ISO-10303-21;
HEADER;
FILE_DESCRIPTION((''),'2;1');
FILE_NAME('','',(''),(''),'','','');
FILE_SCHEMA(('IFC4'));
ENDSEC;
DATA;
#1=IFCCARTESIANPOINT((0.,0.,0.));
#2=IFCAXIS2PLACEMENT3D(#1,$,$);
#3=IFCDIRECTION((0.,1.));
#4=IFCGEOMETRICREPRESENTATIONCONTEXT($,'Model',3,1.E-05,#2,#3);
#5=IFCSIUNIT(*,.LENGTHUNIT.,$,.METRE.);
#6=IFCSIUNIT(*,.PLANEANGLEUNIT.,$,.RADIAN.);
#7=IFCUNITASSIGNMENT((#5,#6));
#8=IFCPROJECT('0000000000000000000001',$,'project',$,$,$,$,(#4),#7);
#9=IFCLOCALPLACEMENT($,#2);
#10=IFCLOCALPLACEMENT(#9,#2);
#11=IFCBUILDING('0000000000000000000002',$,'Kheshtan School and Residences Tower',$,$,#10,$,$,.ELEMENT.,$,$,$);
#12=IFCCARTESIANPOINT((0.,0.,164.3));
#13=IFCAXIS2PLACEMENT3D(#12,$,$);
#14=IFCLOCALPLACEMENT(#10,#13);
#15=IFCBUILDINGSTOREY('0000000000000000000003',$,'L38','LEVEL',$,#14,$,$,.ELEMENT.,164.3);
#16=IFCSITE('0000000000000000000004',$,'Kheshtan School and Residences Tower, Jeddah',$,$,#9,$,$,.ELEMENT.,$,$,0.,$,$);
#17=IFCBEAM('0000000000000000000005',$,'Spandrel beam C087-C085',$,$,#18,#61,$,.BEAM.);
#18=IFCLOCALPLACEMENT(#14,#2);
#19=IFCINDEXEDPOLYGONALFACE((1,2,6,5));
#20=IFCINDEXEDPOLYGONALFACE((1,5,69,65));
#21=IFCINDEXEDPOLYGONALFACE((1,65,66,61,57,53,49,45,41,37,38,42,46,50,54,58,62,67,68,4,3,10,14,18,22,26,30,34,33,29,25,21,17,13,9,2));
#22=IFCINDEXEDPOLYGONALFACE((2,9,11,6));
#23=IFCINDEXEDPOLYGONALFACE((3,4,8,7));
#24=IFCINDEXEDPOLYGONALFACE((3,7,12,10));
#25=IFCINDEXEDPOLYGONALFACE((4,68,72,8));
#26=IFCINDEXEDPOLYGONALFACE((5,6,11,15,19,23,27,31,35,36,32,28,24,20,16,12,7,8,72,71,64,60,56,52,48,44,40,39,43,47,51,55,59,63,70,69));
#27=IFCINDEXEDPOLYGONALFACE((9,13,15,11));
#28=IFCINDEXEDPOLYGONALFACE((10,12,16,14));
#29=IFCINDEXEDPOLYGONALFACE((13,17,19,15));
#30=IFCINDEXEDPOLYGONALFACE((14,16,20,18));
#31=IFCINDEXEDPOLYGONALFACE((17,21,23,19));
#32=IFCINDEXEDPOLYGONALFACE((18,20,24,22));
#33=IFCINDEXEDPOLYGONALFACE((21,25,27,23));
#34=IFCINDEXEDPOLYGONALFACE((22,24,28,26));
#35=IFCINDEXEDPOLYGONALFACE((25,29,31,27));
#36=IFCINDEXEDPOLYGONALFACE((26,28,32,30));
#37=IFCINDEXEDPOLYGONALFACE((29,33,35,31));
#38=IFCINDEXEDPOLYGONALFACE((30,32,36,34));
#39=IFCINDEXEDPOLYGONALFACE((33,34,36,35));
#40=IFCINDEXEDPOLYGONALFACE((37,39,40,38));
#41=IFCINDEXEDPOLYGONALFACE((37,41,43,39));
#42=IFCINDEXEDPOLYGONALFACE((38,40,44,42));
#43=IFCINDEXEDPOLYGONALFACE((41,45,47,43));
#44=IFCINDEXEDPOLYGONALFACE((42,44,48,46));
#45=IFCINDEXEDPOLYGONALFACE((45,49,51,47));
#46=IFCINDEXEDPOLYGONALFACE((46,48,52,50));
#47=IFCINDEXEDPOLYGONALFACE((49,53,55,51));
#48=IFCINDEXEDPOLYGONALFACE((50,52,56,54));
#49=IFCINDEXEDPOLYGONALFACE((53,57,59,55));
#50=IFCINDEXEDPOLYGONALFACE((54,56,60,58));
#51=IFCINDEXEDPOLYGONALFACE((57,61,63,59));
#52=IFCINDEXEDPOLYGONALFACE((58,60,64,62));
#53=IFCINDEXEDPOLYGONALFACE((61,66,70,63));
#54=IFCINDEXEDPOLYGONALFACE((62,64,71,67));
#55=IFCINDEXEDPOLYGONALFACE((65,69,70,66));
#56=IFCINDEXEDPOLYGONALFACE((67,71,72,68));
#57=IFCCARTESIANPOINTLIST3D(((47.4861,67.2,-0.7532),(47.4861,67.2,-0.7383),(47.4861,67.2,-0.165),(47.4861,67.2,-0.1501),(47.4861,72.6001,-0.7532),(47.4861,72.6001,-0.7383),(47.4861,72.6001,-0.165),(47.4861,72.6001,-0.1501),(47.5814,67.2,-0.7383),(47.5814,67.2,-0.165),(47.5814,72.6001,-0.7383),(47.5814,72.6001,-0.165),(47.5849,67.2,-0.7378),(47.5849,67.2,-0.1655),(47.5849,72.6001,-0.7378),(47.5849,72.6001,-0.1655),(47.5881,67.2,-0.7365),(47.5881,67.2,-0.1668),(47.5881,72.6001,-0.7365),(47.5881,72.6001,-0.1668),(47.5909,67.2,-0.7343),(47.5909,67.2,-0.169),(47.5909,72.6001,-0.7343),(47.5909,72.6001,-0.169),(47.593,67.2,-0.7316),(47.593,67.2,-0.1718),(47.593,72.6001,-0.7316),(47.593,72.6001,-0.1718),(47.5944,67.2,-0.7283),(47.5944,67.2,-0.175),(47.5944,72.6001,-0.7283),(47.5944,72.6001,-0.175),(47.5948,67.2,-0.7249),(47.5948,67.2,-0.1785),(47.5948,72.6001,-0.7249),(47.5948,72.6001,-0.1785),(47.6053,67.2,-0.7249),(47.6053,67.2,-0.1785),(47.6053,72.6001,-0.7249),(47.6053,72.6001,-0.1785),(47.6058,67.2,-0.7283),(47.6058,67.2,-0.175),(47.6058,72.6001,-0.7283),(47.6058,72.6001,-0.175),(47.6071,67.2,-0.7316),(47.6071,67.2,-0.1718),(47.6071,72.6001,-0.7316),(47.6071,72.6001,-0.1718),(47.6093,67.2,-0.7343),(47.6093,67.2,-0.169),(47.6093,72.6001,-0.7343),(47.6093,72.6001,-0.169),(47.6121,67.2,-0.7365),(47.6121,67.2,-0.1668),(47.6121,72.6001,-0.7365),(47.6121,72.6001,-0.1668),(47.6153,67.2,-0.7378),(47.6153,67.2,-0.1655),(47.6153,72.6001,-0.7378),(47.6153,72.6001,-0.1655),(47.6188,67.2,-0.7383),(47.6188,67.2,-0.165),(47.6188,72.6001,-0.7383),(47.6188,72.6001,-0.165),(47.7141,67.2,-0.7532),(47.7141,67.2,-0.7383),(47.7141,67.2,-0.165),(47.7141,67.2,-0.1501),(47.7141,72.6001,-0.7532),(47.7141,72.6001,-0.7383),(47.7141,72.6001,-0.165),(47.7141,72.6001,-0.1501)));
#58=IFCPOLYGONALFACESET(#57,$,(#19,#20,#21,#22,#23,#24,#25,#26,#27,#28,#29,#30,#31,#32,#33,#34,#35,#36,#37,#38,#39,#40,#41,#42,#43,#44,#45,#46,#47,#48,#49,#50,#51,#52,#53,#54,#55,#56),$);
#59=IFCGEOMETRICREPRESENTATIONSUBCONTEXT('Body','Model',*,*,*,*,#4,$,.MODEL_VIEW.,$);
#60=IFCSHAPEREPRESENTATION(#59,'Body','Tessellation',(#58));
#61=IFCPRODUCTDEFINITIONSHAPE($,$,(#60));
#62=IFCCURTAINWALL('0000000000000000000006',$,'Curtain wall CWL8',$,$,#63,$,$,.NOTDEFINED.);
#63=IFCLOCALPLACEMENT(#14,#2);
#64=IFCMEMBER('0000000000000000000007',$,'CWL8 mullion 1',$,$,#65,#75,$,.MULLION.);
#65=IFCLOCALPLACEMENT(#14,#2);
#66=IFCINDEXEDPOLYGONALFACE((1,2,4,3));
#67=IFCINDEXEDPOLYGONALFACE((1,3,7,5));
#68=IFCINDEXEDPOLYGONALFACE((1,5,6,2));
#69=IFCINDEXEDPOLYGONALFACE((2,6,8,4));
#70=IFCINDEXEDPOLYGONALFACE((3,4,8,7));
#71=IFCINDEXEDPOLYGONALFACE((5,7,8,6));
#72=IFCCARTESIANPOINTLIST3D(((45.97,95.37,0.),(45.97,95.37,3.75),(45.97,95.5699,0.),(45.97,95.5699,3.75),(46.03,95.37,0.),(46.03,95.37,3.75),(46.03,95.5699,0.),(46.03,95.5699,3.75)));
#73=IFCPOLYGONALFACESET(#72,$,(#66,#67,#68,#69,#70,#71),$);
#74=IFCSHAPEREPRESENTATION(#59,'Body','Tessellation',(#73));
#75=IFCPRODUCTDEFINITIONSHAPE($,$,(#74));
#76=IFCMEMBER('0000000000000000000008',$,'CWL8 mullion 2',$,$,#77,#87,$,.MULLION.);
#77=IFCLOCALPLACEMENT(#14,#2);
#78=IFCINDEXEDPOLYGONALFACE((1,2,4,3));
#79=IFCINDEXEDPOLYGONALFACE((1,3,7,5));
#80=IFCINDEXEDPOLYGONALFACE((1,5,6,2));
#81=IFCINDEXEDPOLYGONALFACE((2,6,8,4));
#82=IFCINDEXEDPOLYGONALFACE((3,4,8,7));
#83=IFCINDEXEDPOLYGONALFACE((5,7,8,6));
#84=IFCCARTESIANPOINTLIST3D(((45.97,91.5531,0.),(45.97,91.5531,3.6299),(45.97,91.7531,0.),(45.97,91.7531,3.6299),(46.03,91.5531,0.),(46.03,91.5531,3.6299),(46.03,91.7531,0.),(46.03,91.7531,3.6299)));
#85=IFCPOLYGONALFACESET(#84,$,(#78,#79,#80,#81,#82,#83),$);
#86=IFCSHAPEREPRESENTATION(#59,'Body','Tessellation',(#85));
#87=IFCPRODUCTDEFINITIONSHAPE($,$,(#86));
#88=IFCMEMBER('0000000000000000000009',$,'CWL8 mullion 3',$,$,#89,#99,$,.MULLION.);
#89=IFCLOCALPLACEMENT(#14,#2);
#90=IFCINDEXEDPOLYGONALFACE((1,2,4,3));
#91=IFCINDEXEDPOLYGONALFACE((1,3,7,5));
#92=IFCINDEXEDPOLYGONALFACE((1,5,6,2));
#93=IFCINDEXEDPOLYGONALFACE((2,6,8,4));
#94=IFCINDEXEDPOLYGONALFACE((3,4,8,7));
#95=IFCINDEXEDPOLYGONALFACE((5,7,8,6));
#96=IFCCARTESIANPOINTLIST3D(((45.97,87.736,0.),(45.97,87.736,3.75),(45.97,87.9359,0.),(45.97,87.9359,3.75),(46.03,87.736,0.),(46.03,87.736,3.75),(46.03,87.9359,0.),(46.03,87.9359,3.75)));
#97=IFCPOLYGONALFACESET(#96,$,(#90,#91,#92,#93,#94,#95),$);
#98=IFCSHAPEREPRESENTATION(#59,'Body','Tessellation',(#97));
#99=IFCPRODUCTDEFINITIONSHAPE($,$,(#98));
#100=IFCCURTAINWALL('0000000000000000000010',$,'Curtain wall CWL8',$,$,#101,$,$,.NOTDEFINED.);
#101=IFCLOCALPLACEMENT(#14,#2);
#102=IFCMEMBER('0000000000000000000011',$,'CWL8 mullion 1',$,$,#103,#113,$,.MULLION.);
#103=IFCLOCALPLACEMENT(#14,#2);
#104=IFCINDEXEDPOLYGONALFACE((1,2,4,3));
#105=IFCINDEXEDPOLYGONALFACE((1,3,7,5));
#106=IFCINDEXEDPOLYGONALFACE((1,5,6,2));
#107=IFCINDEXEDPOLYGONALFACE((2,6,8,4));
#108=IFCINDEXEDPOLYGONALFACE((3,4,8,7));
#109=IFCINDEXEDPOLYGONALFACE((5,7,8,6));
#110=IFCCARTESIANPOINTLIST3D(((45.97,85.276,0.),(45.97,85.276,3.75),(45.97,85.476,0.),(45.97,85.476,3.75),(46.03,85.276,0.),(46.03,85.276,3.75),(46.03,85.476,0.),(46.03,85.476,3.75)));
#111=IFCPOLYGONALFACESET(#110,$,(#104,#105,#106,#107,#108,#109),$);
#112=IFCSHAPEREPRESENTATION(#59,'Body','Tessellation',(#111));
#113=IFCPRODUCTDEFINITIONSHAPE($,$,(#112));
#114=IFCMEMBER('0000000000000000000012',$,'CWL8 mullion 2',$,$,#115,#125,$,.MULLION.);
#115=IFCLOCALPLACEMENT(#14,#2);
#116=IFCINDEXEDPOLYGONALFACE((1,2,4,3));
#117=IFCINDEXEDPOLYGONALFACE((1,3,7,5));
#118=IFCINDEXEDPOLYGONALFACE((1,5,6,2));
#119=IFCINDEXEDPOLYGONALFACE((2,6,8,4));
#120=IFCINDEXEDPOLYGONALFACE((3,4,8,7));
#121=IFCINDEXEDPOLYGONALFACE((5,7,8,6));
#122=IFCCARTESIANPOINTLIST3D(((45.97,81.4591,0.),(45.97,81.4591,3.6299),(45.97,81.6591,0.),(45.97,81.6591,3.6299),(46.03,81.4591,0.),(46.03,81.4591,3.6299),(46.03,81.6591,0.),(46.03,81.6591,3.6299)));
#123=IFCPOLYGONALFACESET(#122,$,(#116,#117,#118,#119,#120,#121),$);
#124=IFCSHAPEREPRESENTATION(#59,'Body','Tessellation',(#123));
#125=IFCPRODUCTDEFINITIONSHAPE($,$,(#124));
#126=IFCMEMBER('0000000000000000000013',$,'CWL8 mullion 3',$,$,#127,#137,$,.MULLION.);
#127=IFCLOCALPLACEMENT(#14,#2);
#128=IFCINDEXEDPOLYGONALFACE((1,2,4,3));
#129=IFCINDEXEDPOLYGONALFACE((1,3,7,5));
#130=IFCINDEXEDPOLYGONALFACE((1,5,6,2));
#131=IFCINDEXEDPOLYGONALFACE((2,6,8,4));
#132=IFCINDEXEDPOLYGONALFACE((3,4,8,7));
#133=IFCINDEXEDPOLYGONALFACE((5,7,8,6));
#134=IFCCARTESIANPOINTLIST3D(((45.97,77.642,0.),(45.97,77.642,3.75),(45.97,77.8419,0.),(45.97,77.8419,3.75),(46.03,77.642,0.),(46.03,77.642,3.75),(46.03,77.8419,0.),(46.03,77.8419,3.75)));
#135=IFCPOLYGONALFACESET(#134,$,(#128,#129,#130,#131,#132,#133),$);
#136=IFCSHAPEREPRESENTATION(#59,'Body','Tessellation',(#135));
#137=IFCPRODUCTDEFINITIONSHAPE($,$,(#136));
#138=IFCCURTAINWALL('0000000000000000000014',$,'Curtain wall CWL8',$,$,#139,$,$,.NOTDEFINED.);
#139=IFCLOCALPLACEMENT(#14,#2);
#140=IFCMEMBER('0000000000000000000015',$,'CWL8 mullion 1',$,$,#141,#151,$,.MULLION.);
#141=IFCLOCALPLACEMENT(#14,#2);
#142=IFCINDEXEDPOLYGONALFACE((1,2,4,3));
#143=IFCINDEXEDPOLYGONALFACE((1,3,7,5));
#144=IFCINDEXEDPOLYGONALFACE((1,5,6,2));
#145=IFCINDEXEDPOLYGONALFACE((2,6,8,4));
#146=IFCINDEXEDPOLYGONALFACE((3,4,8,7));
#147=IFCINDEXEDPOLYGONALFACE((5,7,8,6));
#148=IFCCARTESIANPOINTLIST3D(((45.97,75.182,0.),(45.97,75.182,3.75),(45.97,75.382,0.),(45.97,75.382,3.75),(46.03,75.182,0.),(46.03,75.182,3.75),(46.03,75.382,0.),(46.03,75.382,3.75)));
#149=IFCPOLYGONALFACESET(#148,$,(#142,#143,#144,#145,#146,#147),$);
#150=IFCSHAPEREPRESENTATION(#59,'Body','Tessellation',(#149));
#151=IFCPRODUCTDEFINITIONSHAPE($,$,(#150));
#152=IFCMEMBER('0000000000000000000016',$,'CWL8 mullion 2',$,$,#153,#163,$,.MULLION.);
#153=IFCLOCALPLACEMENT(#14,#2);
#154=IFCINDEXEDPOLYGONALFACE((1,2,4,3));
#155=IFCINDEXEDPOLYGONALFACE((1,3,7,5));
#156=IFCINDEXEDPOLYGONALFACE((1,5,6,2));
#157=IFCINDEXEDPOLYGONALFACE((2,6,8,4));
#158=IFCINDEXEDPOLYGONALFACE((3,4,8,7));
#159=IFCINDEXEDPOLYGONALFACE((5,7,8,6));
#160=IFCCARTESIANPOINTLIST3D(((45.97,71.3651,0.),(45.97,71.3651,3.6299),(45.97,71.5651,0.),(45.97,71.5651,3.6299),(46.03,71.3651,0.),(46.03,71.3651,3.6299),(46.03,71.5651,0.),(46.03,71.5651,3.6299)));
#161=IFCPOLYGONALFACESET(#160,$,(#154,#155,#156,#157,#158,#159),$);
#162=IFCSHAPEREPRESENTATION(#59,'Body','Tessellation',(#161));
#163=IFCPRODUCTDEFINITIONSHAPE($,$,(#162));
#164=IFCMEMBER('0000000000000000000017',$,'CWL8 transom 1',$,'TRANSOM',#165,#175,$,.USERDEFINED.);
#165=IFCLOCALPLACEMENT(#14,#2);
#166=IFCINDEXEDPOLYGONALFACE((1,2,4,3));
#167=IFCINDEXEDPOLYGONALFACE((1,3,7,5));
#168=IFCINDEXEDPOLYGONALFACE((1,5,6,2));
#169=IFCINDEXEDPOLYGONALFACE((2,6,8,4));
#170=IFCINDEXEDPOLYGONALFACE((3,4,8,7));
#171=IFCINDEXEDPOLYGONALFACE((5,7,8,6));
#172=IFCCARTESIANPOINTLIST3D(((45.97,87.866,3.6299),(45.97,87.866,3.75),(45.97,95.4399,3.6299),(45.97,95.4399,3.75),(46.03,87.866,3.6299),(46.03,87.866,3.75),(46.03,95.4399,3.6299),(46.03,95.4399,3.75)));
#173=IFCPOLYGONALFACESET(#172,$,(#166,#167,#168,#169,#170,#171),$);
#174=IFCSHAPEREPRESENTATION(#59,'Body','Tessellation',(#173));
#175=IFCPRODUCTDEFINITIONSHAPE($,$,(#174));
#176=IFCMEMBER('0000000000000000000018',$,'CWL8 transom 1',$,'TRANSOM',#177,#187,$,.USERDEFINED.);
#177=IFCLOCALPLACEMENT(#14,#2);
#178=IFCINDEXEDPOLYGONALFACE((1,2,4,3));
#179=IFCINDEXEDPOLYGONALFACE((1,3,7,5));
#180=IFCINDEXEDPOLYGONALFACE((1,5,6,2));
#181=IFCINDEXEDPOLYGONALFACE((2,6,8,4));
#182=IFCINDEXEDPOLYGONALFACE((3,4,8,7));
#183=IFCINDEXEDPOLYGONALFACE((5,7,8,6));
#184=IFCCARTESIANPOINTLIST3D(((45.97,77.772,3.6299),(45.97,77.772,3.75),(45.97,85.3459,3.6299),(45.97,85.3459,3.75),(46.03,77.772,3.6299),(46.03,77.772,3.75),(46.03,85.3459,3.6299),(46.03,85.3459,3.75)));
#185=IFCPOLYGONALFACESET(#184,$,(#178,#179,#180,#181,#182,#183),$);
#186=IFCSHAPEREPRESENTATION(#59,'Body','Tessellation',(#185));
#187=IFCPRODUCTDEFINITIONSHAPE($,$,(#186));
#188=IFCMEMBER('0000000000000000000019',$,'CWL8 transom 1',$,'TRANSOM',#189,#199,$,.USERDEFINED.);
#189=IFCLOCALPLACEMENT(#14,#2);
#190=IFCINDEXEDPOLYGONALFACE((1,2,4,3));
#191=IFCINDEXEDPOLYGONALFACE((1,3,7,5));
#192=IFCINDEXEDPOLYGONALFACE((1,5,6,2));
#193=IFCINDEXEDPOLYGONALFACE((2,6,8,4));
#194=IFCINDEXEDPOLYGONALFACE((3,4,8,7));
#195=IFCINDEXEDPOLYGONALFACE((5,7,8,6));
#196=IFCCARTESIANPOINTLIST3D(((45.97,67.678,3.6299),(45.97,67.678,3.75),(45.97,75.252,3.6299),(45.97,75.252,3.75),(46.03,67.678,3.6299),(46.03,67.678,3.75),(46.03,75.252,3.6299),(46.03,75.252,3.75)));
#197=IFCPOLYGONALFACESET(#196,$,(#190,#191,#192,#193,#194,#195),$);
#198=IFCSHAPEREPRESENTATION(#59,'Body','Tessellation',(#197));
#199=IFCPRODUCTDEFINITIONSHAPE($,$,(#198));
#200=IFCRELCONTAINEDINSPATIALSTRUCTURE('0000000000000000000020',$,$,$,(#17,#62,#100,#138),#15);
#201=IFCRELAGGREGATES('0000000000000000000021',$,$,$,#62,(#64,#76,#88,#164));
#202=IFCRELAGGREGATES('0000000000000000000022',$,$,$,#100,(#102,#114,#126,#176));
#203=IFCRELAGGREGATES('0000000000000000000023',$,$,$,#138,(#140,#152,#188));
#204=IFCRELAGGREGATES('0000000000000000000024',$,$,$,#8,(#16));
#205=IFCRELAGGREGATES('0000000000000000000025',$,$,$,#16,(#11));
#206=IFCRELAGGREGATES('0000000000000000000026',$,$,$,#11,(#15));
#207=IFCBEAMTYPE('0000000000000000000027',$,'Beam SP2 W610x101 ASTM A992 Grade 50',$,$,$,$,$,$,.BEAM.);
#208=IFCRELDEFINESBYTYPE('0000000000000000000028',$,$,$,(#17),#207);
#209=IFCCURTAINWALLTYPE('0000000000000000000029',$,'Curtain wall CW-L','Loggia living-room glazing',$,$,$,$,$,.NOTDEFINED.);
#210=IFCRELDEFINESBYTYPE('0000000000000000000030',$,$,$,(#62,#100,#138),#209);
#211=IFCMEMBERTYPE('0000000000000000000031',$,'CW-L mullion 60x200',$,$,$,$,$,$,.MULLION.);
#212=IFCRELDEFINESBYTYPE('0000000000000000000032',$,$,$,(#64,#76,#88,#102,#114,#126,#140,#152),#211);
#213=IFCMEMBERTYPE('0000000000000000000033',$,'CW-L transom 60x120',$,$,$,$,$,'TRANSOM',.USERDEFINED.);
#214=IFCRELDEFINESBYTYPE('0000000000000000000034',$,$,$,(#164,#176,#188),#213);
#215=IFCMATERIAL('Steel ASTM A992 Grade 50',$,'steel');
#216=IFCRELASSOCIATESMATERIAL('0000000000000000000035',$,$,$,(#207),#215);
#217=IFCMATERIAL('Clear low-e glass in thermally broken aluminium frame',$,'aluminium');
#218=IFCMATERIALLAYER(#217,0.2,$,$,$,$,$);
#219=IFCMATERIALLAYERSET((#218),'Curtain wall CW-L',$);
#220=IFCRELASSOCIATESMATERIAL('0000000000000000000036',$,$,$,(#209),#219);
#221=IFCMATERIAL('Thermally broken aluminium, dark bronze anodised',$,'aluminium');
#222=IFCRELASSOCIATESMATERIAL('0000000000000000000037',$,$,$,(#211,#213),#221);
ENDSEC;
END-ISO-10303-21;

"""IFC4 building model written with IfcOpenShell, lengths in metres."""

from ifc_helpers import new_model, si_unit, direction, frame, origin, origin_2d, place, context, subcontext, project, spatial, rectangle, i_section, extrude, material, layer, layer_set, material_profile, profile_set, type_object, element, aggregate, save


model = new_model("IFC4")

# Units and contexts
model_context = context("Model", 3, precision=1e-05, world=origin(), true_north=direction((0.0, 1.0)))
body_context = subcontext(model_context, "Body", "Model", "MODEL_VIEW")
ifc_project = project(units=[si_unit("LENGTHUNIT", "METRE"), si_unit("PLANEANGLEUNIT", "RADIAN")], contexts=[model_context])

# Site, building, storey
site_placement = place(None, origin())
site = spatial("IfcSite", under=ifc_project, at=site_placement, Name="Kheshtan School and Residences Tower, Jeddah", CompositionType="ELEMENT", RefElevation=0.0)
building_placement = place(site_placement, origin())
building = spatial("IfcBuilding", under=site, at=building_placement, Name="Kheshtan School and Residences Tower", CompositionType="ELEMENT")
storey_placement = place(building_placement, frame((0.0, 0.0, 164.3)))
storey = spatial("IfcBuildingStorey", under=building, at=storey_placement, Name="L38", Description="LEVEL", CompositionType="ELEMENT", Elevation=164.3)

# Shared definitions
ifc_material_1 = material(Name="Steel ASTM A992 Grade 50", Category="steel")

# Beam
ifc_material_profile_1 = material_profile(ifc_material_1, i_section(OverallWidth=0.228, OverallDepth=0.603, WebThickness=0.0105, FlangeThickness=0.0149, FilletRadius=0.0134, at=origin_2d()), Name="W610x101")
ifc_profile_set_1 = profile_set([ifc_material_profile_1], Name="Steel ASTM A992 Grade 50")
beam_type_1 = type_object("IfcBeamType", Name="Beam SP2 W610x101 ASTM A992 Grade 50", PredefinedType="BEAM", material=ifc_profile_set_1)
beam_1_placement = place(storey_placement, frame((47.6001, 72.6001, -0.4517), z_axis=(0.0, -1.0, 0.0), x_axis=(1.0, 0.0, 0.0)))
element("IfcBeam", 1, at=beam_1_placement, inside=storey, type_object=beam_type_1, Name="Spandrel beam C087-C085", PredefinedType="BEAM", context=body_context, shape_type="SweptSolid", body=[
    extrude(i_section(OverallWidth=0.228, OverallDepth=0.603, WebThickness=0.0105, FlangeThickness=0.0149, FilletRadius=0.0134, at=origin_2d()), origin(), (0.0, 0.0, 1.0), 5.4001),
])

# Curtain walls, members
ifc_material_2 = material(Name="Clear low-e glass in thermally broken aluminium frame", Category="aluminium")
ifc_layer_1 = layer(ifc_material_2, 0.2)
ifc_layer_set_1 = layer_set([ifc_layer_1], Name="Curtain wall CW-L")
curtain_wall_type = type_object("IfcCurtainWallType", Name="Curtain wall CW-L", Description="Loggia living-room glazing", PredefinedType="NOTDEFINED", material=ifc_layer_set_1)
curtain_wall_1_placement = place(storey_placement, origin())
curtain_wall_1 = element("IfcCurtainWall", 2, at=curtain_wall_1_placement, inside=storey, type_object=curtain_wall_type, Name="Curtain wall CWL8", PredefinedType="NOTDEFINED")
ifc_material_3 = material(Name="Thermally broken aluminium, dark bronze anodised", Category="aluminium")
ifc_material_profile_2 = material_profile(ifc_material_3, rectangle(XDim=0.0601, YDim=0.2, at=origin_2d()), Name="CW-L mullion 60x200")
ifc_profile_set_2 = profile_set([ifc_material_profile_2], Name="Thermally broken aluminium, dark bronze anodised")
member_type_1 = type_object("IfcMemberType", Name="CW-L mullion 60x200", PredefinedType="MULLION", material=ifc_profile_set_2)
member_1_placement = place(storey_placement, frame((46.0, 95.47, 0.0), z_axis=(0.0, 0.0, 1.0), x_axis=(1.0, 0.0, 0.0)))
member_1 = element("IfcMember", 3, at=member_1_placement, type_object=member_type_1, Name="CWL8 mullion 1", PredefinedType="MULLION", context=body_context, shape_type="SweptSolid", body=[
    extrude(rectangle(XDim=0.0601, YDim=0.2, at=origin_2d()), origin(), (0.0, 0.0, 1.0), 3.75),
])
member_2_placement = place(storey_placement, frame((46.0, 91.6531, 0.0), z_axis=(0.0, 0.0, 1.0), x_axis=(1.0, 0.0, 0.0)))
member_2 = element("IfcMember", 4, at=member_2_placement, type_object=member_type_1, Name="CWL8 mullion 2", PredefinedType="MULLION", context=body_context, shape_type="SweptSolid", body=[
    extrude(rectangle(XDim=0.0601, YDim=0.2, at=origin_2d()), origin(), (0.0, 0.0, 1.0), 3.6299),
])
member_3_placement = place(storey_placement, frame((46.0, 87.8359, 0.0), z_axis=(0.0, 0.0, 1.0), x_axis=(1.0, 0.0, 0.0)))
member_3 = element("IfcMember", 5, at=member_3_placement, type_object=member_type_1, Name="CWL8 mullion 3", PredefinedType="MULLION", context=body_context, shape_type="SweptSolid", body=[
    extrude(rectangle(XDim=0.0601, YDim=0.2, at=origin_2d()), origin(), (0.0, 0.0, 1.0), 3.75),
])
curtain_wall_2_placement = place(storey_placement, origin())
curtain_wall_2 = element("IfcCurtainWall", 6, at=curtain_wall_2_placement, inside=storey, type_object=curtain_wall_type, Name="Curtain wall CWL8", PredefinedType="NOTDEFINED")
member_4_placement = place(storey_placement, frame((46.0, 85.376, 0.0), z_axis=(0.0, 0.0, 1.0), x_axis=(1.0, 0.0, 0.0)))
member_4 = element("IfcMember", 7, at=member_4_placement, type_object=member_type_1, Name="CWL8 mullion 1", PredefinedType="MULLION", context=body_context, shape_type="SweptSolid", body=[
    extrude(rectangle(XDim=0.0601, YDim=0.2, at=origin_2d()), origin(), (0.0, 0.0, 1.0), 3.75),
])
member_5_placement = place(storey_placement, frame((46.0, 81.5591, 0.0), z_axis=(0.0, 0.0, 1.0), x_axis=(1.0, 0.0, 0.0)))
member_5 = element("IfcMember", 8, at=member_5_placement, type_object=member_type_1, Name="CWL8 mullion 2", PredefinedType="MULLION", context=body_context, shape_type="SweptSolid", body=[
    extrude(rectangle(XDim=0.0601, YDim=0.2, at=origin_2d()), origin(), (0.0, 0.0, 1.0), 3.6299),
])
member_6_placement = place(storey_placement, frame((46.0, 77.7419, 0.0), z_axis=(0.0, 0.0, 1.0), x_axis=(1.0, 0.0, 0.0)))
member_6 = element("IfcMember", 9, at=member_6_placement, type_object=member_type_1, Name="CWL8 mullion 3", PredefinedType="MULLION", context=body_context, shape_type="SweptSolid", body=[
    extrude(rectangle(XDim=0.0601, YDim=0.2, at=origin_2d()), origin(), (0.0, 0.0, 1.0), 3.75),
])
curtain_wall_3_placement = place(storey_placement, origin())
curtain_wall_3 = element("IfcCurtainWall", 10, at=curtain_wall_3_placement, inside=storey, type_object=curtain_wall_type, Name="Curtain wall CWL8", PredefinedType="NOTDEFINED")
member_7_placement = place(storey_placement, frame((46.0, 75.282, 0.0), z_axis=(0.0, 0.0, 1.0), x_axis=(1.0, 0.0, 0.0)))
member_7 = element("IfcMember", 11, at=member_7_placement, type_object=member_type_1, Name="CWL8 mullion 1", PredefinedType="MULLION", context=body_context, shape_type="SweptSolid", body=[
    extrude(rectangle(XDim=0.0601, YDim=0.2, at=origin_2d()), origin(), (0.0, 0.0, 1.0), 3.75),
])
member_8_placement = place(storey_placement, frame((46.0, 71.4651, 0.0), z_axis=(0.0, 0.0, 1.0), x_axis=(1.0, 0.0, 0.0)))
member_8 = element("IfcMember", 12, at=member_8_placement, type_object=member_type_1, Name="CWL8 mullion 2", PredefinedType="MULLION", context=body_context, shape_type="SweptSolid", body=[
    extrude(rectangle(XDim=0.0601, YDim=0.2, at=origin_2d()), origin(), (0.0, 0.0, 1.0), 3.6299),
])

# Members
ifc_material_profile_3 = material_profile(ifc_material_3, rectangle(XDim=0.0601, YDim=0.1201, at=origin_2d()), Name="CW-L transom 60x120")
ifc_profile_set_3 = profile_set([ifc_material_profile_3], Name="Thermally broken aluminium, dark bronze anodised")
member_type_2 = type_object("IfcMemberType", Name="CW-L transom 60x120", ElementType="TRANSOM", PredefinedType="USERDEFINED", material=ifc_profile_set_3)
member_9_placement = place(storey_placement, frame((46.0, 95.4399, 3.6899), z_axis=(0.0, -1.0, 0.0), x_axis=(1.0, 0.0, 0.0)))
member_9 = element("IfcMember", 13, at=member_9_placement, type_object=member_type_2, Name="CWL8 transom 1", ObjectType="TRANSOM", PredefinedType="USERDEFINED", context=body_context, shape_type="SweptSolid", body=[
    extrude(rectangle(XDim=0.0601, YDim=0.1201, at=origin_2d()), origin(), (0.0, 0.0, 1.0), 7.574),
])
member_10_placement = place(storey_placement, frame((46.0, 85.3459, 3.6899), z_axis=(0.0, -1.0, 0.0), x_axis=(1.0, 0.0, 0.0)))
member_10 = element("IfcMember", 14, at=member_10_placement, type_object=member_type_2, Name="CWL8 transom 1", ObjectType="TRANSOM", PredefinedType="USERDEFINED", context=body_context, shape_type="SweptSolid", body=[
    extrude(rectangle(XDim=0.0601, YDim=0.1201, at=origin_2d()), origin(), (0.0, 0.0, 1.0), 7.574),
])
member_11_placement = place(storey_placement, frame((46.0, 75.252, 3.6899), z_axis=(0.0, -1.0, 0.0), x_axis=(1.0, 0.0, 0.0)))
member_11 = element("IfcMember", 15, at=member_11_placement, type_object=member_type_2, Name="CWL8 transom 1", ObjectType="TRANSOM", PredefinedType="USERDEFINED", context=body_context, shape_type="SweptSolid", body=[
    extrude(rectangle(XDim=0.0601, YDim=0.1201, at=origin_2d()), origin(), (0.0, 0.0, 1.0), 7.574),
])

aggregate(curtain_wall_1, [member_1, member_2, member_3, member_9])
aggregate(curtain_wall_2, [member_4, member_5, member_6, member_10])
aggregate(curtain_wall_3, [member_7, member_8, member_11])

save(model, "model.ifc")
